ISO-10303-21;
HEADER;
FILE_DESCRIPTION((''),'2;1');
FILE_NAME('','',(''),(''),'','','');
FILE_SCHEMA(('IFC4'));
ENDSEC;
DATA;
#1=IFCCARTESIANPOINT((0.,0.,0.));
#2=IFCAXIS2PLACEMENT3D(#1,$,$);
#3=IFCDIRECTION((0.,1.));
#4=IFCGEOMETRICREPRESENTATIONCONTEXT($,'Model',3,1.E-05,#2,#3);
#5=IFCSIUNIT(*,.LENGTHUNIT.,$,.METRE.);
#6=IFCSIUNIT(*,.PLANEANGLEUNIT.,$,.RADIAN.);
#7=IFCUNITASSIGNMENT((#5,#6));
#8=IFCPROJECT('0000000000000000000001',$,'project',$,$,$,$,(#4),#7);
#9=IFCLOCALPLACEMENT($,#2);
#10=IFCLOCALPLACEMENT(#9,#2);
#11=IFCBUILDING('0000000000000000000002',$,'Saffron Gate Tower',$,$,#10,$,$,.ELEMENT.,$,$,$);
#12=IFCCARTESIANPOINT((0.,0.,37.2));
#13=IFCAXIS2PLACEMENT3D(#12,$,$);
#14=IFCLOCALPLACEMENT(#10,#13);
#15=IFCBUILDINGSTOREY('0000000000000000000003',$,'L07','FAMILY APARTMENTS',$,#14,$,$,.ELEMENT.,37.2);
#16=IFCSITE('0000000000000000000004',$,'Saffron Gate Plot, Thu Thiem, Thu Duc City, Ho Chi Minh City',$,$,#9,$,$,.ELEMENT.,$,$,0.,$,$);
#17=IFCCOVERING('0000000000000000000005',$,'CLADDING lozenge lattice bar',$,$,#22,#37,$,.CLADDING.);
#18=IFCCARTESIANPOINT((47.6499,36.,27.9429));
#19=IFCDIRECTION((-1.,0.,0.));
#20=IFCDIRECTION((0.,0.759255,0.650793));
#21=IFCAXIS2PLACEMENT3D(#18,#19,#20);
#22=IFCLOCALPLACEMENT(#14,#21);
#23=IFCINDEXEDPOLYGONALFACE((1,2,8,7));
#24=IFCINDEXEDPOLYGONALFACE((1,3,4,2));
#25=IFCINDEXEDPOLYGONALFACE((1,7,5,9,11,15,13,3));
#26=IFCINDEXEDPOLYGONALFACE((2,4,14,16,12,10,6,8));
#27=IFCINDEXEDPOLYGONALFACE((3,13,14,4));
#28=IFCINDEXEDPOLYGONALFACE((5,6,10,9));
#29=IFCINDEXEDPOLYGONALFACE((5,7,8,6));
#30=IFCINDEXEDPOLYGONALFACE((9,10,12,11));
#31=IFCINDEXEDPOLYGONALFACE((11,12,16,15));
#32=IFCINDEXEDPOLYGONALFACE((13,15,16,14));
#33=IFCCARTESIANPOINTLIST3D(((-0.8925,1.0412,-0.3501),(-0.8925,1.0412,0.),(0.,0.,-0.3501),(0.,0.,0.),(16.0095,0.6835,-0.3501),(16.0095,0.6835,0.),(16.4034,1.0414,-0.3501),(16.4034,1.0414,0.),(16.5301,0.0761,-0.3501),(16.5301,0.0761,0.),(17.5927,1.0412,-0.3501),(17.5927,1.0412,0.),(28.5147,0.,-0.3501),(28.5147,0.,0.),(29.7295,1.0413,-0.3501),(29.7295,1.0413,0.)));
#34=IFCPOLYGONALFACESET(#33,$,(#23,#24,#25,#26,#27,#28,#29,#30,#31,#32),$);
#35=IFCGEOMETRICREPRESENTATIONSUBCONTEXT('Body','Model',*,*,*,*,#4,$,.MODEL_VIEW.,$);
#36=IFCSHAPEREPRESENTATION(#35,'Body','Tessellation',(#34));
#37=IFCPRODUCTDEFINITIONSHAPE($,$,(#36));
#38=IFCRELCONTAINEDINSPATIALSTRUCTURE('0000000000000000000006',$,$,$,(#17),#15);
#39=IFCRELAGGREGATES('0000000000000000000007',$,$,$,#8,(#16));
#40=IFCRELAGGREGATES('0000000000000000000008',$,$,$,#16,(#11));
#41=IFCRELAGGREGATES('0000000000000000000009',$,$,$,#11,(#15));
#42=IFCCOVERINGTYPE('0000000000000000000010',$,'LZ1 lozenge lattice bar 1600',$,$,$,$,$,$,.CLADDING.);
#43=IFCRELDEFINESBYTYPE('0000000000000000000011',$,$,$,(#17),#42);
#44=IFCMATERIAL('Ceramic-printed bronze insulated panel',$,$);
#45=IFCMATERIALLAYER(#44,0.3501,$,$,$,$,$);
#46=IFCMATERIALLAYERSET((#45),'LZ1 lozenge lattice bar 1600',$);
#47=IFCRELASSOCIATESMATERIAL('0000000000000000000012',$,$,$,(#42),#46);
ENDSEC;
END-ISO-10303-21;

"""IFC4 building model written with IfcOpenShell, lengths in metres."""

from ifc_helpers import new_model, si_unit, direction, frame, origin, place, context, subcontext, project, spatial, polyline, outline, extrude, material, layer, layer_set, type_object, element, save


model = new_model("IFC4")

# Units and contexts
model_context = context("Model", 3, precision=1e-05, world=origin(), true_north=direction((0.0, 1.0)))
body_context = subcontext(model_context, "Body", "Model", "MODEL_VIEW")
ifc_project = project(units=[si_unit("LENGTHUNIT", "METRE"), si_unit("PLANEANGLEUNIT", "RADIAN")], contexts=[model_context])

# Site, building, storey
site_placement = place(None, origin())
site = spatial("IfcSite", under=ifc_project, at=site_placement, Name="Saffron Gate Plot, Thu Thiem, Thu Duc City, Ho Chi Minh City", CompositionType="ELEMENT", RefElevation=0.0)
building_placement = place(site_placement, origin())
building = spatial("IfcBuilding", under=site, at=building_placement, Name="Saffron Gate Tower", CompositionType="ELEMENT")
storey_placement = place(building_placement, frame((0.0, 0.0, 37.2)))
storey = spatial("IfcBuildingStorey", under=building, at=storey_placement, Name="L07", Description="FAMILY APARTMENTS", CompositionType="ELEMENT", Elevation=37.2)

# Covering
ifc_material_1 = material(Name="Ceramic-printed bronze insulated panel")
ifc_layer_1 = layer(ifc_material_1, 0.3501)
ifc_layer_set_1 = layer_set([ifc_layer_1], Name="LZ1 lozenge lattice bar 1600")
covering_type = type_object("IfcCoveringType", Name="LZ1 lozenge lattice bar 1600", PredefinedType="CLADDING", material=ifc_layer_set_1)
covering_1_placement = place(storey_placement, frame((47.6499, 36.0, 27.9429), z_axis=(-1.0, 0.0, 0.0), x_axis=(0.0, 0.759255, 0.650793)))
element("IfcCovering", 1, at=covering_1_placement, inside=storey, type_object=covering_type, Name="CLADDING lozenge lattice bar", PredefinedType="CLADDING", context=body_context, shape_type="SweptSolid", body=[
    extrude(outline(polyline([(0.0, 0.0), (28.5147, 0.0), (29.7295, 1.0413), (17.5927, 1.0412), (16.5301, 0.0761), (16.0095, 0.6835), (16.4034, 1.0414), (-0.8925, 1.0412), (0.0, 0.0)])), origin(), (0.0, 0.0, -1.0), 0.3501),
])

save(model, "model.ifc")
